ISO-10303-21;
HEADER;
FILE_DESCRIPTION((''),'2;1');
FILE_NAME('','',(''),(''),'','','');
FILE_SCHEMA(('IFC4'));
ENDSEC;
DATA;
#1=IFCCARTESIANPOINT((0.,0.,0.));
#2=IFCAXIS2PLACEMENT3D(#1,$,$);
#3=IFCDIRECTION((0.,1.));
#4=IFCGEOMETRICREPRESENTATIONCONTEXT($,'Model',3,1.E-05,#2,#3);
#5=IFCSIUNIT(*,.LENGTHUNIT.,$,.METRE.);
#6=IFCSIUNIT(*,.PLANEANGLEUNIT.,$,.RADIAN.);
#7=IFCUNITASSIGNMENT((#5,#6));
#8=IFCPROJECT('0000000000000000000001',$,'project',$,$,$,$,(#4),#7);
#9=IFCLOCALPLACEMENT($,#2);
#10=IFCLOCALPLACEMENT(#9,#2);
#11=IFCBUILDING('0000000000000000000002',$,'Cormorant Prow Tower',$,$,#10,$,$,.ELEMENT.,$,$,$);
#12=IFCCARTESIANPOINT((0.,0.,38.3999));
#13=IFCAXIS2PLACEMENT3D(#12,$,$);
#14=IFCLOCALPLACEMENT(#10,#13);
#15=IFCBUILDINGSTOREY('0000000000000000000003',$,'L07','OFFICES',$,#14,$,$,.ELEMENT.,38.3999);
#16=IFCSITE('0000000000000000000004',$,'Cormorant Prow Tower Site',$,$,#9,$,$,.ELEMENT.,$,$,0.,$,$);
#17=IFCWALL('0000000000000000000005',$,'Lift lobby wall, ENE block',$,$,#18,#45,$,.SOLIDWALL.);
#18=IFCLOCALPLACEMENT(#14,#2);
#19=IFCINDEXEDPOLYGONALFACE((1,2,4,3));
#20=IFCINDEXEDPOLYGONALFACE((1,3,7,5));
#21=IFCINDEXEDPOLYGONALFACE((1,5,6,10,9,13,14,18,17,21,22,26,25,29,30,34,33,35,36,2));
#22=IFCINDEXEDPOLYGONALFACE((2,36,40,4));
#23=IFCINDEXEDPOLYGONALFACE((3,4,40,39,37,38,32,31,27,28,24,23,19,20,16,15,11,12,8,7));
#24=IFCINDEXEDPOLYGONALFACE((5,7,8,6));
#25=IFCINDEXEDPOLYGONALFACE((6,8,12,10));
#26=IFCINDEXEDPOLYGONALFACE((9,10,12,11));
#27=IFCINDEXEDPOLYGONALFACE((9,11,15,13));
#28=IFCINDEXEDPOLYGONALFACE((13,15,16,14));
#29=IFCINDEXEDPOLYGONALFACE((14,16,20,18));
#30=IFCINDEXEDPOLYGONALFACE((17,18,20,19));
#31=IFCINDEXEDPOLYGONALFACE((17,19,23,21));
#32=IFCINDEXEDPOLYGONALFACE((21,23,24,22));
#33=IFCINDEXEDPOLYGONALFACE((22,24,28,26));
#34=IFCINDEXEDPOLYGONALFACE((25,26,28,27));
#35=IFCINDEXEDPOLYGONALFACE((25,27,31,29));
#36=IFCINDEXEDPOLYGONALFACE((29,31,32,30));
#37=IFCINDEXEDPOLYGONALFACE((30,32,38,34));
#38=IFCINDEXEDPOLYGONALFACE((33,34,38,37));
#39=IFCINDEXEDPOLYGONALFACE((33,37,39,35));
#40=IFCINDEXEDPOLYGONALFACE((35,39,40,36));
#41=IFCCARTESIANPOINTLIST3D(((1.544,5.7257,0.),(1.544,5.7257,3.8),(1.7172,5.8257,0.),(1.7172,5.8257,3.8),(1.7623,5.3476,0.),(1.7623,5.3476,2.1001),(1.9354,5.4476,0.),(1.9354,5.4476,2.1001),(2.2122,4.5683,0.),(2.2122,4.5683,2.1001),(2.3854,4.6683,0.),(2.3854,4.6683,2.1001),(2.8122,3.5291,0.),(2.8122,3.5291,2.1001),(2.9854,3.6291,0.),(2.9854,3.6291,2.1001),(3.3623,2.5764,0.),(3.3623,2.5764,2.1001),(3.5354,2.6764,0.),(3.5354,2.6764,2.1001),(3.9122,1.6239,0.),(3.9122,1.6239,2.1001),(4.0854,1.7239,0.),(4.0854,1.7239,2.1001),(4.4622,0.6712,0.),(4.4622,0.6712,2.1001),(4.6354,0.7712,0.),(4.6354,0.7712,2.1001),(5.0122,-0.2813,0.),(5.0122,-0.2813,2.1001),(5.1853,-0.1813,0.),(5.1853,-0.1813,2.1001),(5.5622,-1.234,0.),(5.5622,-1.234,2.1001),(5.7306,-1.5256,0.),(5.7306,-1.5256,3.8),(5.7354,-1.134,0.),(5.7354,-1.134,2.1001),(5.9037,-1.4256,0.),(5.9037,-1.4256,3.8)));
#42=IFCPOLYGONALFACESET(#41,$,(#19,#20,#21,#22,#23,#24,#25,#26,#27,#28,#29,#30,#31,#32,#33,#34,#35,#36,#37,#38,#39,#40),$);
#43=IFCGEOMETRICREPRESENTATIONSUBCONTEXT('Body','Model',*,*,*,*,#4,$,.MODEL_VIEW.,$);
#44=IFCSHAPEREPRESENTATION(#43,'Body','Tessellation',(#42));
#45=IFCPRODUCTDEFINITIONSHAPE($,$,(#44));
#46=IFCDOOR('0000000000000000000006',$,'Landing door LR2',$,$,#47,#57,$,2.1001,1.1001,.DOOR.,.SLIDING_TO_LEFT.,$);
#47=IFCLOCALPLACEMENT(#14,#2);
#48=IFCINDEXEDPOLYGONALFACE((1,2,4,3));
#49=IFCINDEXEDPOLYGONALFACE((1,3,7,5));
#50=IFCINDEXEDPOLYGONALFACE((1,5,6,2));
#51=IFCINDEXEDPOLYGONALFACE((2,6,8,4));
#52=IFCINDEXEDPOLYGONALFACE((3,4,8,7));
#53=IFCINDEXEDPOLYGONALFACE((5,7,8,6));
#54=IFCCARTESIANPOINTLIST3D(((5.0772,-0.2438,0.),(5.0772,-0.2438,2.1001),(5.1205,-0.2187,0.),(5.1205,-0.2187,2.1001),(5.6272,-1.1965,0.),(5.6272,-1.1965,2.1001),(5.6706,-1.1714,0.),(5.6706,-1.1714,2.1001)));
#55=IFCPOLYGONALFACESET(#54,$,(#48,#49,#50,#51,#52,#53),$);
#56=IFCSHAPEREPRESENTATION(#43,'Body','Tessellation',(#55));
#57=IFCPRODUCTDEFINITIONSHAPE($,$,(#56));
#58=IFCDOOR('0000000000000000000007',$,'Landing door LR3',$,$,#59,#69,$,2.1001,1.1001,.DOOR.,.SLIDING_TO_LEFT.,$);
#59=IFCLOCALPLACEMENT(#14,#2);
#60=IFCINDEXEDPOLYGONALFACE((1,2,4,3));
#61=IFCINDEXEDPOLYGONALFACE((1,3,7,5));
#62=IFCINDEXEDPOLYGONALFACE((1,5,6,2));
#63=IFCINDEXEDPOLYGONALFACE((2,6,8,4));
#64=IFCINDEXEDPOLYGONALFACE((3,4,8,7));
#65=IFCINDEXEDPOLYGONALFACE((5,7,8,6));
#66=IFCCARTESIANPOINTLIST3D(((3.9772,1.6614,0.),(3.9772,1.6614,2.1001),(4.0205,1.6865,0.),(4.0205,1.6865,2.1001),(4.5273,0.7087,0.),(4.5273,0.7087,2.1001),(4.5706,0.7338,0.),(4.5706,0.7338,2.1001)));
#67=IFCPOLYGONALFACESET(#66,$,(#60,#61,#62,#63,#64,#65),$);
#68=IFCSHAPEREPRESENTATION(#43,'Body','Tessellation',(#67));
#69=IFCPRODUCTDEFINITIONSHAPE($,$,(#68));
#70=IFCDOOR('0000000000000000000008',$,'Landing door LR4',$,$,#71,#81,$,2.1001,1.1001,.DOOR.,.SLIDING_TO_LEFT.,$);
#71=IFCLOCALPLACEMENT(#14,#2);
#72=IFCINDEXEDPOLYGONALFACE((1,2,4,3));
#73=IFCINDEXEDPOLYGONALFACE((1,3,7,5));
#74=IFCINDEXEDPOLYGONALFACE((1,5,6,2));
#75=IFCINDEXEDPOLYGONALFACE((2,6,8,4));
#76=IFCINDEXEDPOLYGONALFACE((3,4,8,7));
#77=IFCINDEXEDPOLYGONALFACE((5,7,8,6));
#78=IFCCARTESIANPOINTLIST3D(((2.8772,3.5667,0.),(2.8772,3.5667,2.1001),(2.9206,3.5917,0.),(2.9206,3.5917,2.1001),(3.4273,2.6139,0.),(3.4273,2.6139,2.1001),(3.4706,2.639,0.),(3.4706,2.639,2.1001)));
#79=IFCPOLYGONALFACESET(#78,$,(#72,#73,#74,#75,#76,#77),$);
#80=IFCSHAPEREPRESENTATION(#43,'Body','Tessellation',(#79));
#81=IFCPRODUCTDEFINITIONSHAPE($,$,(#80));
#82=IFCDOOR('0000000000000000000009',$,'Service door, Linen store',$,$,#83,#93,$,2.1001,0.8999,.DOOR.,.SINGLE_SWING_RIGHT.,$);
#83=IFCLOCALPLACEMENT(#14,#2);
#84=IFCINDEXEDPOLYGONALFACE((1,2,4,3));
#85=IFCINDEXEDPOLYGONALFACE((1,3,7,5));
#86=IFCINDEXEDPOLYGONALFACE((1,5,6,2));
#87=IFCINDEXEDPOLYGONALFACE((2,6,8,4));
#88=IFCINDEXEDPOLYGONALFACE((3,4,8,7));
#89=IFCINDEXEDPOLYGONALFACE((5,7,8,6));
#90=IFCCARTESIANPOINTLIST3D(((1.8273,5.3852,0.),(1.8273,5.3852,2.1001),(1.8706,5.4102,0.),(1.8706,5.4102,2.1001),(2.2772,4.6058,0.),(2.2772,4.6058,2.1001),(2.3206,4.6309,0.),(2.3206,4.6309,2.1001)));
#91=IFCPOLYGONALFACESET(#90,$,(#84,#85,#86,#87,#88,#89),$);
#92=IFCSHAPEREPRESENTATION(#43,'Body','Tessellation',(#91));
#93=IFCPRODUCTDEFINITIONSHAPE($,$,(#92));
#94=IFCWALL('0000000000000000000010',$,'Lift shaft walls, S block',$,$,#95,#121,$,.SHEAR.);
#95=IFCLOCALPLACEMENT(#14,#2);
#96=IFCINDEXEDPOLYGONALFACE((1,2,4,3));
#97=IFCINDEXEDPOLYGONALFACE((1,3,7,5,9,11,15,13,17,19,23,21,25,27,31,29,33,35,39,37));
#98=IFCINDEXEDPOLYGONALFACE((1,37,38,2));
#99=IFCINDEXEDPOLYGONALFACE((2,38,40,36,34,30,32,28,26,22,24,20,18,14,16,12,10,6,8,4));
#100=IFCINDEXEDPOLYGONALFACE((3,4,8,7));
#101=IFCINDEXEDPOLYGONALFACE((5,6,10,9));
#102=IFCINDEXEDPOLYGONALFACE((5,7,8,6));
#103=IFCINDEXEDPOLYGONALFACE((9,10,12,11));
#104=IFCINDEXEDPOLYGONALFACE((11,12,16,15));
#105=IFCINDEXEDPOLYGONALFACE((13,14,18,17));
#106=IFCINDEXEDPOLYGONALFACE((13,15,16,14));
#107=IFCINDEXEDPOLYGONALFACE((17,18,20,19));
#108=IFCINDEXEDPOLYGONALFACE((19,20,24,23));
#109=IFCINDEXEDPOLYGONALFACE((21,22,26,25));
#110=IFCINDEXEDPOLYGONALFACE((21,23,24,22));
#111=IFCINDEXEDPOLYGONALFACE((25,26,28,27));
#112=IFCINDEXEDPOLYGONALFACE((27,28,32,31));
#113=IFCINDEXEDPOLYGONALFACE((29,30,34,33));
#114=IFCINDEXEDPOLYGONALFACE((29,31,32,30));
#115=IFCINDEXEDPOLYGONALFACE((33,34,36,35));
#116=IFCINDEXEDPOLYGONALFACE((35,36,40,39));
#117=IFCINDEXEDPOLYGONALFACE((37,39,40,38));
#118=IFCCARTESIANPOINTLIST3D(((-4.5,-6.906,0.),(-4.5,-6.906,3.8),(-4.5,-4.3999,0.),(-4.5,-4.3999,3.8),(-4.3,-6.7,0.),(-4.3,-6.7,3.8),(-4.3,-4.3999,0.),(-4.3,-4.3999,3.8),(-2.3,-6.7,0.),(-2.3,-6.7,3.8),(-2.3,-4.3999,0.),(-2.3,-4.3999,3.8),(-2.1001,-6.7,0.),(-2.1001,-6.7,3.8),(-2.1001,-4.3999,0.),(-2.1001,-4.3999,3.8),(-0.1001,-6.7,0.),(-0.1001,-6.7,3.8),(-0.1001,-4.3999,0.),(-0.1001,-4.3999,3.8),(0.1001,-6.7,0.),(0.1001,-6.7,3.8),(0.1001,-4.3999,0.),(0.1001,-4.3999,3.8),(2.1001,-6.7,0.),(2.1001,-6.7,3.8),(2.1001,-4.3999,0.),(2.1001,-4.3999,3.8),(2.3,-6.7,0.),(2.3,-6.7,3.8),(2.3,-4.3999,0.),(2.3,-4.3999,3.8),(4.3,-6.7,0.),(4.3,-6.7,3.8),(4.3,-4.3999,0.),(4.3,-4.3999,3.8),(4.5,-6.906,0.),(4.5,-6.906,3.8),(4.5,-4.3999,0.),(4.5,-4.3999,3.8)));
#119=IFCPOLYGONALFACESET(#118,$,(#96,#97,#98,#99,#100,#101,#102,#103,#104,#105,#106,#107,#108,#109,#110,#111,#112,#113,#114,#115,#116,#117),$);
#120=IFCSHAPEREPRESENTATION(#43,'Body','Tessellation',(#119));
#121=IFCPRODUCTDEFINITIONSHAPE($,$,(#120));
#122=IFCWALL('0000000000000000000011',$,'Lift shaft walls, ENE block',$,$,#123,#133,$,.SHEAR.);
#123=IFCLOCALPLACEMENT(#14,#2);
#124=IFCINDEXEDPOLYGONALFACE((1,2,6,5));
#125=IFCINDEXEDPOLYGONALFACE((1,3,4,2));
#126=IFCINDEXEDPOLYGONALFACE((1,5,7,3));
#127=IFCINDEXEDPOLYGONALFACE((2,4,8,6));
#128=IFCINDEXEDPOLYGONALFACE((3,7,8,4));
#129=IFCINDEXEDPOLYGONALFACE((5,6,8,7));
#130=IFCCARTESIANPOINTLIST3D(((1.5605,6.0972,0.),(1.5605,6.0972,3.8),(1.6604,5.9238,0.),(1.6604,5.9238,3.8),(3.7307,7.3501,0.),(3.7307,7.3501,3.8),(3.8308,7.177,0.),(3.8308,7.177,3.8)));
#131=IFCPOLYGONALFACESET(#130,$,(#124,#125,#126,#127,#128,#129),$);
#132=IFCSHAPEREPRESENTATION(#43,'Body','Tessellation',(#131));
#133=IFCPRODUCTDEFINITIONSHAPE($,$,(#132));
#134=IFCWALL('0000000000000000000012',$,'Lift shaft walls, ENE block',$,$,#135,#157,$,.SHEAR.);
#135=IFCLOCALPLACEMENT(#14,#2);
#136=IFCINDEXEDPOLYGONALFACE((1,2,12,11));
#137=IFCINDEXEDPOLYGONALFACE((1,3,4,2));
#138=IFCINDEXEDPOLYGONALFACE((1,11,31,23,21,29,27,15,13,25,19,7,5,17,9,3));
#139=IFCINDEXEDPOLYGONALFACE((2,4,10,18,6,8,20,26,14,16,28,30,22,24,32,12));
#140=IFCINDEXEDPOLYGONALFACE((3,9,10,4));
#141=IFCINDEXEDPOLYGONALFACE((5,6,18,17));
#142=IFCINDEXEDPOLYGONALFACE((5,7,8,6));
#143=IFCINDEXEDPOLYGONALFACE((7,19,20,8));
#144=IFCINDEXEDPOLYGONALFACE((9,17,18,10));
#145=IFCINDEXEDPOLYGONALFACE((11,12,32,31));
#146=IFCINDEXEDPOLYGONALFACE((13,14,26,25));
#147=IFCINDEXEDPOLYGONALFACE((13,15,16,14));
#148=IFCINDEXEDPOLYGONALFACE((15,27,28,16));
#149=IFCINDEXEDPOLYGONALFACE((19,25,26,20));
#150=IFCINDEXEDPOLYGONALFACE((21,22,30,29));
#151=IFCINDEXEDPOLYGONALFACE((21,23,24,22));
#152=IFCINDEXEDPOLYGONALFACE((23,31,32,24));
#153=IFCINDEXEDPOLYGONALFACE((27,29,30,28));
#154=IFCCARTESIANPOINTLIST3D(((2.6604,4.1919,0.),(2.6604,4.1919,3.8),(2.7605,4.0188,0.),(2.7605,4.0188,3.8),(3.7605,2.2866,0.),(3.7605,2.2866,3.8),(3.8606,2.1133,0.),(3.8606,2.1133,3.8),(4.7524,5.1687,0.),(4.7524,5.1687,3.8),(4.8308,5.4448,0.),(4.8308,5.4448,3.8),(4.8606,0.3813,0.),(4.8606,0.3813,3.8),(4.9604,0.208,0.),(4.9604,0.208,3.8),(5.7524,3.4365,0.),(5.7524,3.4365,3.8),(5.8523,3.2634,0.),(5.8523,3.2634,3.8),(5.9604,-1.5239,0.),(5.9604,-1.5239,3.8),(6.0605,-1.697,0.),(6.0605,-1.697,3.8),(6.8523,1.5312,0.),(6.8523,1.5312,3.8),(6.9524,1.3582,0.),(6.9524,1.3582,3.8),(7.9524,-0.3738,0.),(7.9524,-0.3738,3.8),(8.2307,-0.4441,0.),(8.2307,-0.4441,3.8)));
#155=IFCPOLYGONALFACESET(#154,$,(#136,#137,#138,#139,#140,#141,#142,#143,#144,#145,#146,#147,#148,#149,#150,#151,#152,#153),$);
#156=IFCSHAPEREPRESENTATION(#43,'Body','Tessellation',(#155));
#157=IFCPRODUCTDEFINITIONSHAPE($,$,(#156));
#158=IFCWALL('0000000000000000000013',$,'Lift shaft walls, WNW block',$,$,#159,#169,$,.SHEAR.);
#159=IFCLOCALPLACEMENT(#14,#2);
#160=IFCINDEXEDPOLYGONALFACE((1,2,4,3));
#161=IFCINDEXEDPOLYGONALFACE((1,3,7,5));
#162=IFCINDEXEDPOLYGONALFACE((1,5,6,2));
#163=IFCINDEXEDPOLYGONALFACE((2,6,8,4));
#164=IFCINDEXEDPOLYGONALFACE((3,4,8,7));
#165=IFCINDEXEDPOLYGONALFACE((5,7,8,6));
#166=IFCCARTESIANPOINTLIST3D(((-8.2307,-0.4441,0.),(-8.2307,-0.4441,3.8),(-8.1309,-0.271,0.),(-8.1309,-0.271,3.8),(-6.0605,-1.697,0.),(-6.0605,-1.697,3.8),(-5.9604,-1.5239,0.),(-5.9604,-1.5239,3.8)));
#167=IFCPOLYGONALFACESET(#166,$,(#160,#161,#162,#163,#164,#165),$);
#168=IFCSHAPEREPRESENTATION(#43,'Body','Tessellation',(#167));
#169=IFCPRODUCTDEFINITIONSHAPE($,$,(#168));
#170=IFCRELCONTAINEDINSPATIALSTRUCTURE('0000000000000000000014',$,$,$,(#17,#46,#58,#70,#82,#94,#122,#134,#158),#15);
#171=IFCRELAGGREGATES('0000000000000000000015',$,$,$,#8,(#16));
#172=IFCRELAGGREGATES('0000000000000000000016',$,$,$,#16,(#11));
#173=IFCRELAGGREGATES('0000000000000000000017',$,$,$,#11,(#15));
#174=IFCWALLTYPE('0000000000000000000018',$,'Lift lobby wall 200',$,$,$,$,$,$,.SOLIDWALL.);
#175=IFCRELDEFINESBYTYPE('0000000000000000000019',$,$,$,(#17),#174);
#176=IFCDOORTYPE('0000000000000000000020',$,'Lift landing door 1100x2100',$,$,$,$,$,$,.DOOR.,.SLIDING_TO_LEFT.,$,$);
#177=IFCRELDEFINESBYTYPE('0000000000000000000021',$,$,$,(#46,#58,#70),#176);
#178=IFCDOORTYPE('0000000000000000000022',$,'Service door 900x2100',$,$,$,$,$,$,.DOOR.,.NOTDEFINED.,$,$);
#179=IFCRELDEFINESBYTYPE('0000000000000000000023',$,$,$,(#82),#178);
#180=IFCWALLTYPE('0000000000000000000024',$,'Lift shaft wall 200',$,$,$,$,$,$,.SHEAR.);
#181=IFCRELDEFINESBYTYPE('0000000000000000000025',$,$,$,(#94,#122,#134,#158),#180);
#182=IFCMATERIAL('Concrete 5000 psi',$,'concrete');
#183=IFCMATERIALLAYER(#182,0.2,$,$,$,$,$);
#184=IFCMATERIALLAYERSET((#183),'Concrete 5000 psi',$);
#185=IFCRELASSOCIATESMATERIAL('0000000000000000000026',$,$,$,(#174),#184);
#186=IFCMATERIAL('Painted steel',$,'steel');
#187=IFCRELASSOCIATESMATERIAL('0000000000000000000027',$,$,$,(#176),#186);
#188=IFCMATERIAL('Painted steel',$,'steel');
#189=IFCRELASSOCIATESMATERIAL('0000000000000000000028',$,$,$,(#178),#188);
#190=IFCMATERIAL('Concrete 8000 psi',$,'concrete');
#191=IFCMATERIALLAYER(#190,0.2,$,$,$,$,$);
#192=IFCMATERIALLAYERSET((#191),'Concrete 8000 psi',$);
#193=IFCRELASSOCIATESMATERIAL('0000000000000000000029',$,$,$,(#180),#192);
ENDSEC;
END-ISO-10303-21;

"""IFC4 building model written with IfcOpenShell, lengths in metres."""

from ifc_helpers import new_model, si_unit, direction, frame, frame_2d, origin, place, context, subcontext, project, spatial, polyline, rectangle, outline, extrude, material, layer, layer_set, type_object, element, fill, save


model = new_model("IFC4")

# Units and contexts
model_context = context("Model", 3, precision=1e-05, world=origin(), true_north=direction((0.0, 1.0)))
body_context = subcontext(model_context, "Body", "Model", "MODEL_VIEW")
ifc_project = project(units=[si_unit("LENGTHUNIT", "METRE"), si_unit("PLANEANGLEUNIT", "RADIAN")], contexts=[model_context])

# Site, building, storey
site_placement = place(None, origin())
site = spatial("IfcSite", under=ifc_project, at=site_placement, Name="Cormorant Prow Tower Site", CompositionType="ELEMENT", RefElevation=0.0)
building_placement = place(site_placement, origin())
building = spatial("IfcBuilding", under=site, at=building_placement, Name="Cormorant Prow Tower", CompositionType="ELEMENT")
storey_placement = place(building_placement, frame((0.0, 0.0, 38.3999)))
storey = spatial("IfcBuildingStorey", under=building, at=storey_placement, Name="L07", Description="OFFICES", CompositionType="ELEMENT", Elevation=38.3999)

# Wall, openings, doors
ifc_material_1 = material(Name="Concrete 5000 psi", Category="concrete")
ifc_layer_1 = layer(ifc_material_1, 0.2)
ifc_layer_set_1 = layer_set([ifc_layer_1], Name="Concrete 5000 psi")
wall_type_1 = type_object("IfcWallType", Name="Lift lobby wall 200", PredefinedType="SOLIDWALL", material=ifc_layer_set_1)
wall_1_placement = place(storey_placement, frame((5.8171, -1.4756, 0.0), z_axis=(0.0, 0.0, 1.0), x_axis=(-0.500003, 0.866024, 0.0)))
wall_1 = element("IfcWall", 1, at=wall_1_placement, inside=storey, type_object=wall_type_1, Name="Lift lobby wall, ENE block", PredefinedType="SOLIDWALL", context=body_context, shape_type="SweptSolid", body=[
    extrude(rectangle(XDim=8.373, YDim=0.2, at=frame_2d((4.1865, 0.0))), origin(), (0.0, 0.0, 1.0), 3.8),
])
opening_1_placement = place(wall_1_placement, frame((0.3367, 0.0, 0.0)))
opening_1 = element("IfcOpeningElement", 2, at=opening_1_placement, cuts=wall_1, PredefinedType="OPENING", context=body_context, shape_type="SweptSolid", body=[
    extrude(rectangle(XDim=1.1001, YDim=2.1001, at=frame_2d((0.55, 1.05))), frame((0.0, 0.1099, 0.0), z_axis=(0.0, -1.0, 0.0), x_axis=(1.0, 0.0, 0.0)), (0.0, 0.0, 1.0), 0.22),
])
opening_2_placement = place(wall_1_placement, frame((2.5366, 0.0, 0.0)))
opening_2 = element("IfcOpeningElement", 3, at=opening_2_placement, cuts=wall_1, PredefinedType="OPENING", context=body_context, shape_type="SweptSolid", body=[
    extrude(rectangle(XDim=1.1001, YDim=2.1001, at=frame_2d((0.55, 1.05))), frame((0.0, 0.1099, 0.0), z_axis=(0.0, -1.0, 0.0), x_axis=(1.0, 0.0, 0.0)), (0.0, 0.0, 1.0), 0.22),
])
opening_3_placement = place(wall_1_placement, frame((4.7366, 0.0, 0.0)))
opening_3 = element("IfcOpeningElement", 4, at=opening_3_placement, cuts=wall_1, PredefinedType="OPENING", context=body_context, shape_type="SweptSolid", body=[
    extrude(rectangle(XDim=1.1001, YDim=2.1001, at=frame_2d((0.55, 1.05))), frame((0.0, 0.1099, 0.0), z_axis=(0.0, -1.0, 0.0), x_axis=(1.0, 0.0, 0.0)), (0.0, 0.0, 1.0), 0.22),
])
opening_4_placement = place(wall_1_placement, frame((7.0366, 0.0, 0.0)))
opening_4 = element("IfcOpeningElement", 5, at=opening_4_placement, cuts=wall_1, PredefinedType="OPENING", context=body_context, shape_type="SweptSolid", body=[
    extrude(rectangle(XDim=0.8999, YDim=2.1001, at=frame_2d((0.45, 1.05))), frame((0.0, 0.1099, 0.0), z_axis=(0.0, -1.0, 0.0), x_axis=(1.0, 0.0, 0.0)), (0.0, 0.0, 1.0), 0.22),
])
ifc_material_2 = material(Name="Painted steel", Category="steel")
door_type_1 = type_object("IfcDoorType", Name="Lift landing door 1100x2100", OperationType="SLIDING_TO_LEFT", PredefinedType="DOOR", material=ifc_material_2)
door_1_placement = place(opening_1_placement, origin())
door_1 = element("IfcDoor", 6, at=door_1_placement, inside=storey, type_object=door_type_1, Name="Landing door LR2", OperationType="SLIDING_TO_LEFT", OverallHeight=2.1001, OverallWidth=1.1001, PredefinedType="DOOR", context=body_context, shape_type="SweptSolid", body=[
    extrude(rectangle(XDim=1.1001, YDim=2.1001, at=frame_2d((0.55, 1.05))), frame((0.0, 0.0249, 0.0), z_axis=(0.0, -1.0, 0.0), x_axis=(1.0, 0.0, 0.0)), (0.0, 0.0, 1.0), 0.05),
])
fill(opening_1, door_1)
door_2_placement = place(opening_2_placement, origin())
door_2 = element("IfcDoor", 7, at=door_2_placement, inside=storey, type_object=door_type_1, Name="Landing door LR3", OperationType="SLIDING_TO_LEFT", OverallHeight=2.1001, OverallWidth=1.1001, PredefinedType="DOOR", context=body_context, shape_type="SweptSolid", body=[
    extrude(rectangle(XDim=1.1001, YDim=2.1001, at=frame_2d((0.55, 1.05))), frame((0.0, 0.0249, 0.0), z_axis=(0.0, -1.0, 0.0), x_axis=(1.0, 0.0, 0.0)), (0.0, 0.0, 1.0), 0.05),
])
fill(opening_2, door_2)
door_3_placement = place(opening_3_placement, origin())
door_3 = element("IfcDoor", 8, at=door_3_placement, inside=storey, type_object=door_type_1, Name="Landing door LR4", OperationType="SLIDING_TO_LEFT", OverallHeight=2.1001, OverallWidth=1.1001, PredefinedType="DOOR", context=body_context, shape_type="SweptSolid", body=[
    extrude(rectangle(XDim=1.1001, YDim=2.1001, at=frame_2d((0.55, 1.05))), frame((0.0, 0.0249, 0.0), z_axis=(0.0, -1.0, 0.0), x_axis=(1.0, 0.0, 0.0)), (0.0, 0.0, 1.0), 0.05),
])
fill(opening_3, door_3)
ifc_material_3 = material(Name="Painted steel", Category="steel")
door_type_2 = type_object("IfcDoorType", Name="Service door 900x2100", OperationType="NOTDEFINED", PredefinedType="DOOR", material=ifc_material_3)
door_4_placement = place(opening_4_placement, origin())
door_4 = element("IfcDoor", 9, at=door_4_placement, inside=storey, type_object=door_type_2, Name="Service door, Linen store", OperationType="SINGLE_SWING_RIGHT", OverallHeight=2.1001, OverallWidth=0.8999, PredefinedType="DOOR", context=body_context, shape_type="SweptSolid", body=[
    extrude(rectangle(XDim=0.8999, YDim=2.1001, at=frame_2d((0.45, 1.05))), frame((0.0, 0.0249, 0.0), z_axis=(0.0, -1.0, 0.0), x_axis=(1.0, 0.0, 0.0)), (0.0, 0.0, 1.0), 0.05),
])
fill(opening_4, door_4)

# Walls
ifc_material_4 = material(Name="Concrete 8000 psi", Category="concrete")
ifc_layer_2 = layer(ifc_material_4, 0.2)
ifc_layer_set_2 = layer_set([ifc_layer_2], Name="Concrete 8000 psi")
wall_type_2 = type_object("IfcWallType", Name="Lift shaft wall 200", PredefinedType="SHEAR", material=ifc_layer_set_2)
wall_2_placement = place(storey_placement, origin())
element("IfcWall", 10, at=wall_2_placement, inside=storey, type_object=wall_type_2, Name="Lift shaft walls, S block", PredefinedType="SHEAR", context=body_context, shape_type="SweptSolid", body=[
    extrude(outline(polyline([(4.5, -4.3999), (4.5, -6.906), (-4.5, -6.906), (-4.5, -4.3999), (-4.3, -4.3999), (-4.3, -6.7), (-2.3, -6.7), (-2.3, -4.3999), (-2.1001, -4.3999), (-2.1001, -6.7), (-0.1001, -6.7), (-0.1001, -4.3999), (0.1001, -4.3999), (0.1001, -6.7), (2.1001, -6.7), (2.1001, -4.3999), (2.3, -4.3999), (2.3, -6.7), (4.3, -6.7), (4.3, -4.3999), (4.5, -4.3999)])), origin(), (0.0, 0.0, 1.0), 3.8),
])
wall_3_placement = place(storey_placement, origin())
element("IfcWall", 11, at=wall_3_placement, inside=storey, type_object=wall_type_2, Name="Lift shaft walls, ENE block", PredefinedType="SHEAR", context=body_context, shape_type="SweptSolid", body=[
    extrude(outline(polyline([(1.5605, 6.0972), (3.7307, 7.3501), (3.8308, 7.177), (1.6604, 5.9238), (1.5605, 6.0972)])), origin(), (0.0, 0.0, 1.0), 3.8),
])
wall_4_placement = place(storey_placement, origin())
element("IfcWall", 12, at=wall_4_placement, inside=storey, type_object=wall_type_2, Name="Lift shaft walls, ENE block", PredefinedType="SHEAR", context=body_context, shape_type="SweptSolid", body=[
    extrude(outline(polyline([(2.6604, 4.1919), (4.8308, 5.4448), (8.2307, -0.4441), (6.0605, -1.697), (5.9604, -1.5239), (7.9524, -0.3738), (6.9524, 1.3582), (4.9604, 0.208), (4.8606, 0.3813), (6.8523, 1.5312), (5.8523, 3.2634), (3.8606, 2.1133), (3.7605, 2.2866), (5.7524, 3.4365), (4.7524, 5.1687), (2.7605, 4.0188), (2.6604, 4.1919)])), origin(), (0.0, 0.0, 1.0), 3.8),
])
wall_5_placement = place(storey_placement, origin())
element("IfcWall", 13, at=wall_5_placement, inside=storey, type_object=wall_type_2, Name="Lift shaft walls, WNW block", PredefinedType="SHEAR", context=body_context, shape_type="SweptSolid", body=[
    extrude(outline(polyline([(-6.0605, -1.697), (-8.2307, -0.4441), (-8.1309, -0.271), (-5.9604, -1.5239), (-6.0605, -1.697)])), origin(), (0.0, 0.0, 1.0), 3.8),
])

save(model, "model.ifc")
